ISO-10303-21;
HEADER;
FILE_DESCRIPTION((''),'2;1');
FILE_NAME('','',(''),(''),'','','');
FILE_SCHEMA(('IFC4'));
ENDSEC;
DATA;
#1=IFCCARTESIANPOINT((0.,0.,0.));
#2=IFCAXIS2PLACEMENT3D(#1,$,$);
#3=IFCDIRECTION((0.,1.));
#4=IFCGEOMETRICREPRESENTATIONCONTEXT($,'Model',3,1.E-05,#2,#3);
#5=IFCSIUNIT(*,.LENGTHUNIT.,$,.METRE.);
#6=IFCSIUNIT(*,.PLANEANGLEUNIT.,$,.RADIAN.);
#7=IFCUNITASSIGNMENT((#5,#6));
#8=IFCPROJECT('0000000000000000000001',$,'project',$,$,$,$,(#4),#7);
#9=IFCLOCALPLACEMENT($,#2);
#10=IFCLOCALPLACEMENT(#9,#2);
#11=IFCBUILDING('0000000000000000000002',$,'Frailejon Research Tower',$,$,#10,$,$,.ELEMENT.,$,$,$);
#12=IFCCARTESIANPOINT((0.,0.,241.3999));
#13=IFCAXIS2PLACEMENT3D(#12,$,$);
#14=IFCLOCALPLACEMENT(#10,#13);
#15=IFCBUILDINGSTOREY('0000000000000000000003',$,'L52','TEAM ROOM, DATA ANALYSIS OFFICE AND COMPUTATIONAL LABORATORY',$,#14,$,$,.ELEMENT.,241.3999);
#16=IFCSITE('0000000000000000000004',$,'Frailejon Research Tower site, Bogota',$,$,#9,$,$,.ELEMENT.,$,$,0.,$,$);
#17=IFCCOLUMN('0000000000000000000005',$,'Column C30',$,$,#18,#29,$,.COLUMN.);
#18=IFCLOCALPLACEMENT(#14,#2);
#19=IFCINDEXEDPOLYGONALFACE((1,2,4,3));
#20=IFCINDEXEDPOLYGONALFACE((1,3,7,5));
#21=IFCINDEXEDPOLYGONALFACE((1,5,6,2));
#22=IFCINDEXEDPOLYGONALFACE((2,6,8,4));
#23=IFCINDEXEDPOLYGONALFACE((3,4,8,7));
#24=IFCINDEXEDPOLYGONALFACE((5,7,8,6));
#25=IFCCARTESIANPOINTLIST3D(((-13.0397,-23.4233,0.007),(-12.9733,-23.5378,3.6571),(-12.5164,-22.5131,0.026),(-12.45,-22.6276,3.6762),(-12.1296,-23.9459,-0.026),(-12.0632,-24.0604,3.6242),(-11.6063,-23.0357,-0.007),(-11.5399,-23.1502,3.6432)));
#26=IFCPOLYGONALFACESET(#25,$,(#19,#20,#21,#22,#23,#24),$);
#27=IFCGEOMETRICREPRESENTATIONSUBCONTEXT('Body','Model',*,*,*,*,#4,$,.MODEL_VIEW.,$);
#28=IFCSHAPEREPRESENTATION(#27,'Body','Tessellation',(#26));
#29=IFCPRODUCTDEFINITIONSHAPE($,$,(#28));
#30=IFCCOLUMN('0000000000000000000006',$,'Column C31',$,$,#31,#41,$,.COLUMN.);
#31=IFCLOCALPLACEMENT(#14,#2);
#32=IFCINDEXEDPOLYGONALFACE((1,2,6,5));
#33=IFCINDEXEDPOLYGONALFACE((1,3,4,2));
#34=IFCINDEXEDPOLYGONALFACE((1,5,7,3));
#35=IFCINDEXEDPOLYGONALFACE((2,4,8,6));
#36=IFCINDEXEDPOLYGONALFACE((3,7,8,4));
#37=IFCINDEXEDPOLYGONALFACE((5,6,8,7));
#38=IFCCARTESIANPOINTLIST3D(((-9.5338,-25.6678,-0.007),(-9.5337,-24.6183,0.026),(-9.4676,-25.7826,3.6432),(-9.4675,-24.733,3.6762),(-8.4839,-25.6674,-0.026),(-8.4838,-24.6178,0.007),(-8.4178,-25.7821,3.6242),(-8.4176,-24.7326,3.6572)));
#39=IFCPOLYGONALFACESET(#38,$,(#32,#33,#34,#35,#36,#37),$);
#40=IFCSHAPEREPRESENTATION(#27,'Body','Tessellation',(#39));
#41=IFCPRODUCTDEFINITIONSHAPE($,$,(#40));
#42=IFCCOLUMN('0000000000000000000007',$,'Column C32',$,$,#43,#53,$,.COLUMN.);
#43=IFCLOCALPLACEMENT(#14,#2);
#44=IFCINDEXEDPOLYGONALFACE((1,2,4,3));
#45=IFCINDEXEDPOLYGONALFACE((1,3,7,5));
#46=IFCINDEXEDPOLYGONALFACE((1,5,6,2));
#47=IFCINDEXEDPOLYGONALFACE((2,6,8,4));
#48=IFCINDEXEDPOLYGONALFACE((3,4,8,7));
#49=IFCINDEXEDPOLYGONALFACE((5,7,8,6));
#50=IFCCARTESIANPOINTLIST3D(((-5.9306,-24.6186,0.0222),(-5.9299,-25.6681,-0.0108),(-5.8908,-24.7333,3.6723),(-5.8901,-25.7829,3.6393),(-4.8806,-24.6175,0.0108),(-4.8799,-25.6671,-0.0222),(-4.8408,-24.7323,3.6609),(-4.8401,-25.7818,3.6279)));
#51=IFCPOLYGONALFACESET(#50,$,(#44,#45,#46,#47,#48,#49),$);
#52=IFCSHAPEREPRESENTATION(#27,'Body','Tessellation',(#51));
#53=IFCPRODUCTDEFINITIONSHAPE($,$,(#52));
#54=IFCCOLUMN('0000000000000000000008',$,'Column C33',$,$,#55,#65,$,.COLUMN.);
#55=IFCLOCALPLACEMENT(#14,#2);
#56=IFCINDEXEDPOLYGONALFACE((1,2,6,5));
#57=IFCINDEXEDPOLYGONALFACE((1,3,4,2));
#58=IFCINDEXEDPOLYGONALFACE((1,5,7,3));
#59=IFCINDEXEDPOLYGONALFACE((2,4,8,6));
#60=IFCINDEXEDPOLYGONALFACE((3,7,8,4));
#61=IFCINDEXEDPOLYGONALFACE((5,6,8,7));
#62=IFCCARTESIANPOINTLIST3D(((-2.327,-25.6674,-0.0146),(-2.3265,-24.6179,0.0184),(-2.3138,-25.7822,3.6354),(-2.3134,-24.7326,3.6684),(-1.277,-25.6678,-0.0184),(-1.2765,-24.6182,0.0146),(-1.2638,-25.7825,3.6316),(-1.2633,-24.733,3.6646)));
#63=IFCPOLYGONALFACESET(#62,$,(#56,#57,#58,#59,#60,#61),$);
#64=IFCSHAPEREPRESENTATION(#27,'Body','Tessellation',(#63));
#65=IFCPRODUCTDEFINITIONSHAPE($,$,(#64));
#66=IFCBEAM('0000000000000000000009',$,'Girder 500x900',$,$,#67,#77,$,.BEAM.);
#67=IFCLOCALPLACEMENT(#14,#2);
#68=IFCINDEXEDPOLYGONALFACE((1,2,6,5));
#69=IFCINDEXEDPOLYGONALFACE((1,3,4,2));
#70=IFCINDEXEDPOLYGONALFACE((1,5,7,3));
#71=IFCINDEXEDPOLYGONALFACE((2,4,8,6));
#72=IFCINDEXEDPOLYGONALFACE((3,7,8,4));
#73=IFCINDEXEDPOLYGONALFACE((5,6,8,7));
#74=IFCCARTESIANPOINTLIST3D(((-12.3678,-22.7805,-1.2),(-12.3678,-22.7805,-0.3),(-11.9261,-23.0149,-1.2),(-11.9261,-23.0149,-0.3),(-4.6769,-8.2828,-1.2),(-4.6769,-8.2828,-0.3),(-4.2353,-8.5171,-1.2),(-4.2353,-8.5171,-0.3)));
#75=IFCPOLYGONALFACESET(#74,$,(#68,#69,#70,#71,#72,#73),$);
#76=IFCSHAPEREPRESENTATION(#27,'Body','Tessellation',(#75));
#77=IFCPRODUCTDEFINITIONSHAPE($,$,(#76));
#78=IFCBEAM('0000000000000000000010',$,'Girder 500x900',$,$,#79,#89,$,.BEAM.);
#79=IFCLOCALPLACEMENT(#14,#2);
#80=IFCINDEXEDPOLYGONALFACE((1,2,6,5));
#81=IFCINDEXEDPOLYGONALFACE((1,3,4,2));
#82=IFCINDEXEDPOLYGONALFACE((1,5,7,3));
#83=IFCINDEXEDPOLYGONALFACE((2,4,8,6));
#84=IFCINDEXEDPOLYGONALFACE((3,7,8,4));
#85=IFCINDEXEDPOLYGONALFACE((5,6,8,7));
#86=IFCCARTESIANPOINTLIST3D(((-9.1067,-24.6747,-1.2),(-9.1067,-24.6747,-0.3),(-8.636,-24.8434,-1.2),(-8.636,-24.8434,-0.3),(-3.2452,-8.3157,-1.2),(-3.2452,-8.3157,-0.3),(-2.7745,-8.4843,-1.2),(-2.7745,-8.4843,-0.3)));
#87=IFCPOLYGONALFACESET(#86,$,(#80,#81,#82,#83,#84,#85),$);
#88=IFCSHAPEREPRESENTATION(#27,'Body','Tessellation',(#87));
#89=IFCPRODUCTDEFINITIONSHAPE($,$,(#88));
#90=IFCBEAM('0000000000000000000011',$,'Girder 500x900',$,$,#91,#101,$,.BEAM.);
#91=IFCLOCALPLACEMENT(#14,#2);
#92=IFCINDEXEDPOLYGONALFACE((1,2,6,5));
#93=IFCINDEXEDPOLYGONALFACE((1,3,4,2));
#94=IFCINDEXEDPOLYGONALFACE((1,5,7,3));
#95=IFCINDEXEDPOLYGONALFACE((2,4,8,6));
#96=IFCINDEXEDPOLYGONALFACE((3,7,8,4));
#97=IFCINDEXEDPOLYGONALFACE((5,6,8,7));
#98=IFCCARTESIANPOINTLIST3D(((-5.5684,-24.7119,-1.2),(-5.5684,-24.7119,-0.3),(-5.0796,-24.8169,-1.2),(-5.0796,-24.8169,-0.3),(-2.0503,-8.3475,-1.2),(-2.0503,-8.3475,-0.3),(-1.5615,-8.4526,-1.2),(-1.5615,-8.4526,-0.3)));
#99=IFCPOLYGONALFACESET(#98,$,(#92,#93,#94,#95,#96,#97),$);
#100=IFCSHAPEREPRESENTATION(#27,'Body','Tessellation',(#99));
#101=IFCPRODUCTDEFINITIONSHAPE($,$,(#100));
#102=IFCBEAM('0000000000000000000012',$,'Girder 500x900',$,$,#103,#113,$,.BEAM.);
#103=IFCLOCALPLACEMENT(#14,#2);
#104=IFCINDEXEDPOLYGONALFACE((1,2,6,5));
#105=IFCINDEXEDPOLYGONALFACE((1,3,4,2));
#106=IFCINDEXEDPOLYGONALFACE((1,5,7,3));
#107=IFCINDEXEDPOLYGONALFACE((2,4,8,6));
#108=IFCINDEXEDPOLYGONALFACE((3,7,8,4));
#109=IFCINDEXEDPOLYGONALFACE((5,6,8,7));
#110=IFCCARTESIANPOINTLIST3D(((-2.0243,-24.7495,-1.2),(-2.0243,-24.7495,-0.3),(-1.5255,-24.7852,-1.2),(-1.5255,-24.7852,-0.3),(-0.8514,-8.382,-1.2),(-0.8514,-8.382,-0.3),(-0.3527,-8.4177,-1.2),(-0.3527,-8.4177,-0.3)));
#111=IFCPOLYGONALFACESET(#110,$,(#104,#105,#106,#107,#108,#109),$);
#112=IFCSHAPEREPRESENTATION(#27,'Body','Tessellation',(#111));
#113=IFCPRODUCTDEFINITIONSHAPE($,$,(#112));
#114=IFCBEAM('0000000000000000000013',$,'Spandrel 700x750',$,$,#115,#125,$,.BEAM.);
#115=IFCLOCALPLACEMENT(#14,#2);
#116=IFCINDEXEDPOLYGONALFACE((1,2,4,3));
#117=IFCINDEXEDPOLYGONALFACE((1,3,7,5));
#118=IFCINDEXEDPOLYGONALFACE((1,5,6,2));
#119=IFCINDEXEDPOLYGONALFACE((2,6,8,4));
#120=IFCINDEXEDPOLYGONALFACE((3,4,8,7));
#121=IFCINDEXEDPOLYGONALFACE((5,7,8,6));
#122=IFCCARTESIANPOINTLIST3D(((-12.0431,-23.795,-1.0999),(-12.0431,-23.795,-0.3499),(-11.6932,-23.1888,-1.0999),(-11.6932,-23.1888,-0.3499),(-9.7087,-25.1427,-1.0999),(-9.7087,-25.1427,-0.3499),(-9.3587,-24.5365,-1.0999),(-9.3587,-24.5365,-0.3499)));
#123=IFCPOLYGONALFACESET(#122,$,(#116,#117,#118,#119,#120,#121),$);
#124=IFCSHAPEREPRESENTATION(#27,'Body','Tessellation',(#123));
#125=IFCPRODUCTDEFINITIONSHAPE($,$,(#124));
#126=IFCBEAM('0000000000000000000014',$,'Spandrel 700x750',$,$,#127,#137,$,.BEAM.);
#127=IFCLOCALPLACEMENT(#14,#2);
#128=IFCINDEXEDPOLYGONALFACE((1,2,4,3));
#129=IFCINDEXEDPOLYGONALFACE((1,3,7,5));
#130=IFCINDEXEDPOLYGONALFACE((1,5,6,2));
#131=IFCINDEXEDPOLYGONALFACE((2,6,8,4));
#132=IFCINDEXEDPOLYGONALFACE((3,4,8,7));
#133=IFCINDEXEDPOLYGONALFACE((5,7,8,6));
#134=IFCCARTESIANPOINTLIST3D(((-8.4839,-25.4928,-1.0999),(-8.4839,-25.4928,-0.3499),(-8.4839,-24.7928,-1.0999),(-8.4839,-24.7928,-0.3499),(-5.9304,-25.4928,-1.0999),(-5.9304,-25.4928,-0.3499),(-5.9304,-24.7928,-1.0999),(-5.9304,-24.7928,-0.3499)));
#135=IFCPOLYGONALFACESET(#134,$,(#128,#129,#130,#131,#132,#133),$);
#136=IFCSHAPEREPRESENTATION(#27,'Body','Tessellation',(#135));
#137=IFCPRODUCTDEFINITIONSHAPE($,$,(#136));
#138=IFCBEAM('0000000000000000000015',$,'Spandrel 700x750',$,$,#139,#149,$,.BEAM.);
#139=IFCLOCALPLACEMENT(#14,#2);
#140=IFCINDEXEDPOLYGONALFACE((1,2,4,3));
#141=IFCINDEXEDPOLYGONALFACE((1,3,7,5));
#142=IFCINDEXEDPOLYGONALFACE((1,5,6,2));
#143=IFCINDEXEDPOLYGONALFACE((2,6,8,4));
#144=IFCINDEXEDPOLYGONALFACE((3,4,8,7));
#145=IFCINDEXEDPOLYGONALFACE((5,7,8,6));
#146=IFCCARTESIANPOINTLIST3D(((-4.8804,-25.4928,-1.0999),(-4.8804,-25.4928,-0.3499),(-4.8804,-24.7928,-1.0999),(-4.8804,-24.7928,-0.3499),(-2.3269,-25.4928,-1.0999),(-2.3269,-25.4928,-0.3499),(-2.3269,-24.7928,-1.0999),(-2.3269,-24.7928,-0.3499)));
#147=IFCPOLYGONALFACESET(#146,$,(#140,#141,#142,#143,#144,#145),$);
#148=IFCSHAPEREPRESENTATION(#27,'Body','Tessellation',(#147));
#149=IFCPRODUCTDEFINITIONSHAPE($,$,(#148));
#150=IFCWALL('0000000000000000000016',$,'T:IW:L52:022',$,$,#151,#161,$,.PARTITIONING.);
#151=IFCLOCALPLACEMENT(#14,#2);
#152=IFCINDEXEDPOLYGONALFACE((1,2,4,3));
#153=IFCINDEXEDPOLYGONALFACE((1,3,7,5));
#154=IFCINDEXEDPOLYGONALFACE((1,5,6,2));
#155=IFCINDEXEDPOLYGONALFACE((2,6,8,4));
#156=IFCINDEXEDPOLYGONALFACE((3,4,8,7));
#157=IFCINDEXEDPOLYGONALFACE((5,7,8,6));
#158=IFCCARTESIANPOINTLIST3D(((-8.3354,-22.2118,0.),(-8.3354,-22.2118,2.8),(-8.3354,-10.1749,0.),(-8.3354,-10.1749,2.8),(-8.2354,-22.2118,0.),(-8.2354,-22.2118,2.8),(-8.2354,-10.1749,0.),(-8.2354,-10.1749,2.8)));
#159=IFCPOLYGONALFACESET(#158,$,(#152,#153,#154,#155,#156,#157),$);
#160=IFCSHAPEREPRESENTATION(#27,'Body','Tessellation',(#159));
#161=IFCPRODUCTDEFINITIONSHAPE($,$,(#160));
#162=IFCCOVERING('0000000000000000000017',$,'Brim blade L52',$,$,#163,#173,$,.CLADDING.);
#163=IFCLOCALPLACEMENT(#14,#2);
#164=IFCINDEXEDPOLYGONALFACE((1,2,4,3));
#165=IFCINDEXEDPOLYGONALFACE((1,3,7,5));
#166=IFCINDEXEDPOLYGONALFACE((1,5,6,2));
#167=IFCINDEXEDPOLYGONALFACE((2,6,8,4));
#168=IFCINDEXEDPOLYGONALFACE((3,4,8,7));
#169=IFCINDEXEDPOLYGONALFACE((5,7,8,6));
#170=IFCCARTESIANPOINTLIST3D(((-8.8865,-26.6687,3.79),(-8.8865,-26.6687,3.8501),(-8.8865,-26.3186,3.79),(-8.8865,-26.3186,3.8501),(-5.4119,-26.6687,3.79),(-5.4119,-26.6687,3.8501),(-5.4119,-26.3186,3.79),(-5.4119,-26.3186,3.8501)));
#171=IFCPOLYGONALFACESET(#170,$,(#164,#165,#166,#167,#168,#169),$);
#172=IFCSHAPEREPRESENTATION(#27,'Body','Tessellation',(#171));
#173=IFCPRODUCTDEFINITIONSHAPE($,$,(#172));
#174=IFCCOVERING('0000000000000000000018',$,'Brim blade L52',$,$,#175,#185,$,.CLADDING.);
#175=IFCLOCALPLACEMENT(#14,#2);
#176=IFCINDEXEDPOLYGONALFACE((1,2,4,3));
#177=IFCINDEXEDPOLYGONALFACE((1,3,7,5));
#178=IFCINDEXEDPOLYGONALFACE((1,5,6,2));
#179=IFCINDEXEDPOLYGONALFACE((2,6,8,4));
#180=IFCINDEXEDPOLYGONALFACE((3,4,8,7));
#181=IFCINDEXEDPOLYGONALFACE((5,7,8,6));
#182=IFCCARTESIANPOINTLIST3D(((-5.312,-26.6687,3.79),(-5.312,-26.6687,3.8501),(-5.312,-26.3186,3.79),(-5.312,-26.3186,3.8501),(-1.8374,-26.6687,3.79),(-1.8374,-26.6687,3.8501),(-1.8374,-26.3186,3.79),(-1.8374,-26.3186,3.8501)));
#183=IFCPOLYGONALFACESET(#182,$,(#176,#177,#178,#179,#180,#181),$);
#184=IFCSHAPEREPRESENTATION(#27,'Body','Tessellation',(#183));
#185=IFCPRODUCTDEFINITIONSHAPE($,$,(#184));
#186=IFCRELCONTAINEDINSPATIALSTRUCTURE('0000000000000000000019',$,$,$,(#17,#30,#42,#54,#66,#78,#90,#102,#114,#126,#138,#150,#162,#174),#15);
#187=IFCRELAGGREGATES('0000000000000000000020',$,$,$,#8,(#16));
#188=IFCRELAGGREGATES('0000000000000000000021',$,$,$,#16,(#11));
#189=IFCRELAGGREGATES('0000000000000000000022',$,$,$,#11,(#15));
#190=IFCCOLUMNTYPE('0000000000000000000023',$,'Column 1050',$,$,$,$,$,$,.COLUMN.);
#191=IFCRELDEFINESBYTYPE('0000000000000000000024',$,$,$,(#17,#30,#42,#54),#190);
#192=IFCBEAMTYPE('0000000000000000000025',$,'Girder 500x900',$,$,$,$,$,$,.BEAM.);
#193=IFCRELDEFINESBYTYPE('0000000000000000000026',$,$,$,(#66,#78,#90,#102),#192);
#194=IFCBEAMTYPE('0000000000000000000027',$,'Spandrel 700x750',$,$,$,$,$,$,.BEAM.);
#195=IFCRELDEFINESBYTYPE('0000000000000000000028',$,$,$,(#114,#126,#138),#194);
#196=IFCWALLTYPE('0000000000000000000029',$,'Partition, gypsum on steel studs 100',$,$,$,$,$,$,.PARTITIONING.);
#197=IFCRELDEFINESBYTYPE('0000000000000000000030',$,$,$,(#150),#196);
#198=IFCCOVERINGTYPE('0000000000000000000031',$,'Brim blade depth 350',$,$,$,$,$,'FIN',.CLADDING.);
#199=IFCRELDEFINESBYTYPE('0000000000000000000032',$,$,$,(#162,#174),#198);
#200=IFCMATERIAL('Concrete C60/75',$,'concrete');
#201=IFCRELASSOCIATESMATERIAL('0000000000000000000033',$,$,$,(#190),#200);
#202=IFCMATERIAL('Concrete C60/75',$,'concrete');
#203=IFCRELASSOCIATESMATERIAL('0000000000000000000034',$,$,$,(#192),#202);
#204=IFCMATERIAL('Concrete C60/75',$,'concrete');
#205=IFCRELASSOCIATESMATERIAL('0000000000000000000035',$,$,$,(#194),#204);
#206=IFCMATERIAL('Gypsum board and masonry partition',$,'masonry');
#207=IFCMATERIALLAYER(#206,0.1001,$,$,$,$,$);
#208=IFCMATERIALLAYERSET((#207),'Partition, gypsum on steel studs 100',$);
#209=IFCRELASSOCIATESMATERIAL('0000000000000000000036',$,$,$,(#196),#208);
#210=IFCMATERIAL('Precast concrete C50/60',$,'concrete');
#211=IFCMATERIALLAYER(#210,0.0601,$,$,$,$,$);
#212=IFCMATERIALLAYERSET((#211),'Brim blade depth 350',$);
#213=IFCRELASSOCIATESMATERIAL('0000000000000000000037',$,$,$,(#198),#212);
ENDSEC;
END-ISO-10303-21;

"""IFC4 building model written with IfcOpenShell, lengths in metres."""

from ifc_helpers import new_model, si_unit, direction, frame, frame_2d, origin, origin_2d, place, context, subcontext, project, spatial, polyline, rectangle, outline, extrude, material, layer, layer_set, material_profile, profile_set, type_object, element, save


model = new_model("IFC4")

# Units and contexts
model_context = context("Model", 3, precision=1e-05, world=origin(), true_north=direction((0.0, 1.0)))
body_context = subcontext(model_context, "Body", "Model", "MODEL_VIEW")
ifc_project = project(units=[si_unit("LENGTHUNIT", "METRE"), si_unit("PLANEANGLEUNIT", "RADIAN")], contexts=[model_context])

# Site, building, storey
site_placement = place(None, origin())
site = spatial("IfcSite", under=ifc_project, at=site_placement, Name="Frailejon Research Tower site, Bogota", CompositionType="ELEMENT", RefElevation=0.0)
building_placement = place(site_placement, origin())
building = spatial("IfcBuilding", under=site, at=building_placement, Name="Frailejon Research Tower", CompositionType="ELEMENT")
storey_placement = place(building_placement, frame((0.0, 0.0, 241.3999)))
storey = spatial("IfcBuildingStorey", under=building, at=storey_placement, Name="L52", Description="TEAM ROOM, DATA ANALYSIS OFFICE AND COMPUTATIONAL LABORATORY", CompositionType="ELEMENT", Elevation=241.3999)

# Columns
ifc_material_1 = material(Name="Concrete C60/75", Category="concrete")
ifc_material_profile_1 = material_profile(ifc_material_1, rectangle(XDim=1.05, YDim=1.05, at=origin_2d()), Name="Column 1050")
ifc_profile_set_1 = profile_set([ifc_material_profile_1], Name="Concrete C60/75")
column_type = type_object("IfcColumnType", Name="Column 1050", PredefinedType="COLUMN", material=ifc_profile_set_1)
for number, where, z_axis, x_axis, name in (
    (1, (-12.323, -23.2295, 0.0), (0.018181, -0.031349, 0.999343), (0.866777, -0.497708, -0.031382), "Column C30"),
    (2, (-9.0088, -25.1428, 0.0), (0.018114, -0.031415, 0.999342), (0.999836, 0.000438, -0.018109), "Column C31"),
):
    element("IfcColumn", number, at=place(storey_placement, frame(where, z_axis=z_axis, x_axis=x_axis)), inside=storey, type_object=column_type, Name=name, PredefinedType="COLUMN", context=body_context, shape_type="SweptSolid", body=[
        extrude(rectangle(XDim=1.05, YDim=1.05, at=origin_2d()), origin(), (0.0, 0.0, 1.0), 3.6526),
    ])
column_1_placement = place(storey_placement, frame((-5.4053, -25.1428, 0.0), z_axis=(0.010896, -0.031419, 0.999447), x_axis=(0.99994, 0.001008, -0.01087)))
element("IfcColumn", 3, at=column_1_placement, inside=storey, type_object=column_type, Name="Column C32", PredefinedType="COLUMN", context=body_context, shape_type="SweptSolid", body=[
    extrude(rectangle(XDim=1.05, YDim=1.05, at=origin_2d()), origin(), (0.0, 0.0, 1.0), 3.6521),
])
column_2_placement = place(storey_placement, frame((-1.8018, -25.1428, 0.0), z_axis=(0.00361, -0.03142, 0.9995), x_axis=(0.999993, -0.000341, -0.003623)))
element("IfcColumn", 4, at=column_2_placement, inside=storey, type_object=column_type, Name="Column C33", PredefinedType="COLUMN", context=body_context, shape_type="SweptSolid", body=[
    extrude(rectangle(XDim=1.05, YDim=1.05, at=origin_2d()), origin(), (0.0, 0.0, 1.0), 3.6519),
])

# Beams
ifc_material_2 = material(Name="Concrete C60/75", Category="concrete")
ifc_material_profile_2 = material_profile(ifc_material_2, rectangle(XDim=0.5, YDim=0.8999, at=origin_2d()), Name="Girder 500x900")
ifc_profile_set_2 = profile_set([ifc_material_profile_2], Name="Concrete C60/75")
beam_type_1 = type_object("IfcBeamType", Name="Girder 500x900", PredefinedType="BEAM", material=ifc_profile_set_2)
beam_1_placement = place(storey_placement, frame((-12.147, -22.8977, -0.75), z_axis=(0.468631, 0.883394, 0.0), x_axis=(-0.883394, 0.468631, 0.0)))
element("IfcBeam", 5, at=beam_1_placement, inside=storey, type_object=beam_type_1, Name="Girder 500x900", PredefinedType="BEAM", context=body_context, shape_type="SweptSolid", body=[
    extrude(rectangle(XDim=0.5, YDim=0.8999, at=origin_2d()), origin(), (0.0, 0.0, 1.0), 16.4114),
])
beam_2_placement = place(storey_placement, frame((-8.8713, -24.759, -0.75), z_axis=(0.337307, 0.941395, 0.0), x_axis=(-0.941395, 0.337307, 0.0)))
element("IfcBeam", 6, at=beam_2_placement, inside=storey, type_object=beam_type_1, Name="Girder 500x900", PredefinedType="BEAM", context=body_context, shape_type="SweptSolid", body=[
    extrude(rectangle(XDim=0.5, YDim=0.8999, at=origin_2d()), origin(), (0.0, 0.0, 1.0), 17.3774),
])
beam_3_placement = place(storey_placement, frame((-5.324, -24.7644, -0.75), z_axis=(0.210179, 0.977663, 0.0), x_axis=(-0.977663, 0.210179, 0.0)))
element("IfcBeam", 7, at=beam_3_placement, inside=storey, type_object=beam_type_1, Name="Girder 500x900", PredefinedType="BEAM", context=body_context, shape_type="SweptSolid", body=[
    extrude(rectangle(XDim=0.5, YDim=0.8999, at=origin_2d()), origin(), (0.0, 0.0, 1.0), 16.7383),
])
beam_4_placement = place(storey_placement, frame((-1.7749, -24.7673, -0.75), z_axis=(0.071474, 0.997442, 0.0), x_axis=(-0.997442, 0.071474, 0.0)))
element("IfcBeam", 8, at=beam_4_placement, inside=storey, type_object=beam_type_1, Name="Girder 500x900", PredefinedType="BEAM", context=body_context, shape_type="SweptSolid", body=[
    extrude(rectangle(XDim=0.5, YDim=0.8999, at=origin_2d()), origin(), (0.0, 0.0, 1.0), 16.4094),
])
ifc_material_3 = material(Name="Concrete C60/75", Category="concrete")
ifc_material_profile_3 = material_profile(ifc_material_3, rectangle(XDim=0.7, YDim=0.75, at=origin_2d()), Name="Spandrel 700x750")
ifc_profile_set_3 = profile_set([ifc_material_profile_3], Name="Concrete C60/75")
beam_type_2 = type_object("IfcBeamType", Name="Spandrel 700x750", PredefinedType="BEAM", material=ifc_profile_set_3)
beam_5_placement = place(storey_placement, frame((-11.8682, -23.4919, -0.7249), z_axis=(0.86605, -0.499958, 0.0), x_axis=(0.499958, 0.86605, 0.0)))
element("IfcBeam", 9, at=beam_5_placement, inside=storey, type_object=beam_type_2, Name="Spandrel 700x750", PredefinedType="BEAM", context=body_context, shape_type="SweptSolid", body=[
    extrude(rectangle(XDim=0.7, YDim=0.75, at=origin_2d()), origin(), (0.0, 0.0, 1.0), 2.6956),
])
for number, where, z_axis, x_axis, name in (
    (10, (-8.4839, -25.1428, -0.7249), (1.0, 0.0, 0.0), (0.0, 1.0, 0.0), "Spandrel 700x750"),
    (11, (-4.8804, -25.1428, -0.7249), (1.0, 0.0, 0.0), (0.0, 1.0, 0.0), "Spandrel 700x750"),
):
    element("IfcBeam", number, at=place(storey_placement, frame(where, z_axis=z_axis, x_axis=x_axis)), inside=storey, type_object=beam_type_2, Name=name, PredefinedType="BEAM", context=body_context, shape_type="SweptSolid", body=[
        extrude(rectangle(XDim=0.7, YDim=0.75, at=origin_2d()), origin(), (0.0, 0.0, 1.0), 2.5535),
    ])

# Wall
ifc_material_4 = material(Name="Gypsum board and masonry partition", Category="masonry")
ifc_layer_1 = layer(ifc_material_4, 0.1001)
ifc_layer_set_1 = layer_set([ifc_layer_1], Name="Partition, gypsum on steel studs 100")
wall_type_1 = type_object("IfcWallType", Name="Partition, gypsum on steel studs 100", PredefinedType="PARTITIONING", material=ifc_layer_set_1)
wall_1_placement = place(storey_placement, frame((-8.2854, -22.2119, 0.0), z_axis=(0.0, 0.0, 1.0), x_axis=(0.0, 1.0, 0.0)))
element("IfcWall", 12, at=wall_1_placement, inside=storey, type_object=wall_type_1, Name="T:IW:L52:022", PredefinedType="PARTITIONING", context=body_context, shape_type="SweptSolid", body=[
    extrude(rectangle(XDim=12.0369, YDim=0.1001, at=frame_2d((6.0186, 0.0))), origin(), (0.0, 0.0, 1.0), 2.8),
])

# Coverings
ifc_material_5 = material(Name="Precast concrete C50/60", Category="concrete")
ifc_layer_2 = layer(ifc_material_5, 0.0601)
ifc_layer_set_2 = layer_set([ifc_layer_2], Name="Brim blade depth 350")
covering_type_1 = type_object("IfcCoveringType", Name="Brim blade depth 350", ElementType="FIN", PredefinedType="CLADDING", material=ifc_layer_set_2)
for number, where, z_axis, x_axis, name in (
    (13, (-5.4119, -26.3186, 3.8501), (-1.0, 0.0, 0.0), (0.0, -1.0, 0.0), "Brim blade L52"),
    (14, (-1.8374, -26.3186, 3.8501), (-1.0, 0.0, 0.0), (0.0, -1.0, 0.0), "Brim blade L52"),
):
    element("IfcCovering", number, at=place(storey_placement, frame(where, z_axis=z_axis, x_axis=x_axis)), inside=storey, type_object=covering_type_1, Name=name, PredefinedType="CLADDING", context=body_context, shape_type="SweptSolid", body=[
        extrude(outline(polyline([(0.0, -0.0601), (0.3501, -0.0601), (0.3501, 0.0), (0.0, 0.0), (0.0, -0.0601)])), origin(), (0.0, 0.0, 1.0), 3.4746),
    ])

save(model, "model.ifc")
